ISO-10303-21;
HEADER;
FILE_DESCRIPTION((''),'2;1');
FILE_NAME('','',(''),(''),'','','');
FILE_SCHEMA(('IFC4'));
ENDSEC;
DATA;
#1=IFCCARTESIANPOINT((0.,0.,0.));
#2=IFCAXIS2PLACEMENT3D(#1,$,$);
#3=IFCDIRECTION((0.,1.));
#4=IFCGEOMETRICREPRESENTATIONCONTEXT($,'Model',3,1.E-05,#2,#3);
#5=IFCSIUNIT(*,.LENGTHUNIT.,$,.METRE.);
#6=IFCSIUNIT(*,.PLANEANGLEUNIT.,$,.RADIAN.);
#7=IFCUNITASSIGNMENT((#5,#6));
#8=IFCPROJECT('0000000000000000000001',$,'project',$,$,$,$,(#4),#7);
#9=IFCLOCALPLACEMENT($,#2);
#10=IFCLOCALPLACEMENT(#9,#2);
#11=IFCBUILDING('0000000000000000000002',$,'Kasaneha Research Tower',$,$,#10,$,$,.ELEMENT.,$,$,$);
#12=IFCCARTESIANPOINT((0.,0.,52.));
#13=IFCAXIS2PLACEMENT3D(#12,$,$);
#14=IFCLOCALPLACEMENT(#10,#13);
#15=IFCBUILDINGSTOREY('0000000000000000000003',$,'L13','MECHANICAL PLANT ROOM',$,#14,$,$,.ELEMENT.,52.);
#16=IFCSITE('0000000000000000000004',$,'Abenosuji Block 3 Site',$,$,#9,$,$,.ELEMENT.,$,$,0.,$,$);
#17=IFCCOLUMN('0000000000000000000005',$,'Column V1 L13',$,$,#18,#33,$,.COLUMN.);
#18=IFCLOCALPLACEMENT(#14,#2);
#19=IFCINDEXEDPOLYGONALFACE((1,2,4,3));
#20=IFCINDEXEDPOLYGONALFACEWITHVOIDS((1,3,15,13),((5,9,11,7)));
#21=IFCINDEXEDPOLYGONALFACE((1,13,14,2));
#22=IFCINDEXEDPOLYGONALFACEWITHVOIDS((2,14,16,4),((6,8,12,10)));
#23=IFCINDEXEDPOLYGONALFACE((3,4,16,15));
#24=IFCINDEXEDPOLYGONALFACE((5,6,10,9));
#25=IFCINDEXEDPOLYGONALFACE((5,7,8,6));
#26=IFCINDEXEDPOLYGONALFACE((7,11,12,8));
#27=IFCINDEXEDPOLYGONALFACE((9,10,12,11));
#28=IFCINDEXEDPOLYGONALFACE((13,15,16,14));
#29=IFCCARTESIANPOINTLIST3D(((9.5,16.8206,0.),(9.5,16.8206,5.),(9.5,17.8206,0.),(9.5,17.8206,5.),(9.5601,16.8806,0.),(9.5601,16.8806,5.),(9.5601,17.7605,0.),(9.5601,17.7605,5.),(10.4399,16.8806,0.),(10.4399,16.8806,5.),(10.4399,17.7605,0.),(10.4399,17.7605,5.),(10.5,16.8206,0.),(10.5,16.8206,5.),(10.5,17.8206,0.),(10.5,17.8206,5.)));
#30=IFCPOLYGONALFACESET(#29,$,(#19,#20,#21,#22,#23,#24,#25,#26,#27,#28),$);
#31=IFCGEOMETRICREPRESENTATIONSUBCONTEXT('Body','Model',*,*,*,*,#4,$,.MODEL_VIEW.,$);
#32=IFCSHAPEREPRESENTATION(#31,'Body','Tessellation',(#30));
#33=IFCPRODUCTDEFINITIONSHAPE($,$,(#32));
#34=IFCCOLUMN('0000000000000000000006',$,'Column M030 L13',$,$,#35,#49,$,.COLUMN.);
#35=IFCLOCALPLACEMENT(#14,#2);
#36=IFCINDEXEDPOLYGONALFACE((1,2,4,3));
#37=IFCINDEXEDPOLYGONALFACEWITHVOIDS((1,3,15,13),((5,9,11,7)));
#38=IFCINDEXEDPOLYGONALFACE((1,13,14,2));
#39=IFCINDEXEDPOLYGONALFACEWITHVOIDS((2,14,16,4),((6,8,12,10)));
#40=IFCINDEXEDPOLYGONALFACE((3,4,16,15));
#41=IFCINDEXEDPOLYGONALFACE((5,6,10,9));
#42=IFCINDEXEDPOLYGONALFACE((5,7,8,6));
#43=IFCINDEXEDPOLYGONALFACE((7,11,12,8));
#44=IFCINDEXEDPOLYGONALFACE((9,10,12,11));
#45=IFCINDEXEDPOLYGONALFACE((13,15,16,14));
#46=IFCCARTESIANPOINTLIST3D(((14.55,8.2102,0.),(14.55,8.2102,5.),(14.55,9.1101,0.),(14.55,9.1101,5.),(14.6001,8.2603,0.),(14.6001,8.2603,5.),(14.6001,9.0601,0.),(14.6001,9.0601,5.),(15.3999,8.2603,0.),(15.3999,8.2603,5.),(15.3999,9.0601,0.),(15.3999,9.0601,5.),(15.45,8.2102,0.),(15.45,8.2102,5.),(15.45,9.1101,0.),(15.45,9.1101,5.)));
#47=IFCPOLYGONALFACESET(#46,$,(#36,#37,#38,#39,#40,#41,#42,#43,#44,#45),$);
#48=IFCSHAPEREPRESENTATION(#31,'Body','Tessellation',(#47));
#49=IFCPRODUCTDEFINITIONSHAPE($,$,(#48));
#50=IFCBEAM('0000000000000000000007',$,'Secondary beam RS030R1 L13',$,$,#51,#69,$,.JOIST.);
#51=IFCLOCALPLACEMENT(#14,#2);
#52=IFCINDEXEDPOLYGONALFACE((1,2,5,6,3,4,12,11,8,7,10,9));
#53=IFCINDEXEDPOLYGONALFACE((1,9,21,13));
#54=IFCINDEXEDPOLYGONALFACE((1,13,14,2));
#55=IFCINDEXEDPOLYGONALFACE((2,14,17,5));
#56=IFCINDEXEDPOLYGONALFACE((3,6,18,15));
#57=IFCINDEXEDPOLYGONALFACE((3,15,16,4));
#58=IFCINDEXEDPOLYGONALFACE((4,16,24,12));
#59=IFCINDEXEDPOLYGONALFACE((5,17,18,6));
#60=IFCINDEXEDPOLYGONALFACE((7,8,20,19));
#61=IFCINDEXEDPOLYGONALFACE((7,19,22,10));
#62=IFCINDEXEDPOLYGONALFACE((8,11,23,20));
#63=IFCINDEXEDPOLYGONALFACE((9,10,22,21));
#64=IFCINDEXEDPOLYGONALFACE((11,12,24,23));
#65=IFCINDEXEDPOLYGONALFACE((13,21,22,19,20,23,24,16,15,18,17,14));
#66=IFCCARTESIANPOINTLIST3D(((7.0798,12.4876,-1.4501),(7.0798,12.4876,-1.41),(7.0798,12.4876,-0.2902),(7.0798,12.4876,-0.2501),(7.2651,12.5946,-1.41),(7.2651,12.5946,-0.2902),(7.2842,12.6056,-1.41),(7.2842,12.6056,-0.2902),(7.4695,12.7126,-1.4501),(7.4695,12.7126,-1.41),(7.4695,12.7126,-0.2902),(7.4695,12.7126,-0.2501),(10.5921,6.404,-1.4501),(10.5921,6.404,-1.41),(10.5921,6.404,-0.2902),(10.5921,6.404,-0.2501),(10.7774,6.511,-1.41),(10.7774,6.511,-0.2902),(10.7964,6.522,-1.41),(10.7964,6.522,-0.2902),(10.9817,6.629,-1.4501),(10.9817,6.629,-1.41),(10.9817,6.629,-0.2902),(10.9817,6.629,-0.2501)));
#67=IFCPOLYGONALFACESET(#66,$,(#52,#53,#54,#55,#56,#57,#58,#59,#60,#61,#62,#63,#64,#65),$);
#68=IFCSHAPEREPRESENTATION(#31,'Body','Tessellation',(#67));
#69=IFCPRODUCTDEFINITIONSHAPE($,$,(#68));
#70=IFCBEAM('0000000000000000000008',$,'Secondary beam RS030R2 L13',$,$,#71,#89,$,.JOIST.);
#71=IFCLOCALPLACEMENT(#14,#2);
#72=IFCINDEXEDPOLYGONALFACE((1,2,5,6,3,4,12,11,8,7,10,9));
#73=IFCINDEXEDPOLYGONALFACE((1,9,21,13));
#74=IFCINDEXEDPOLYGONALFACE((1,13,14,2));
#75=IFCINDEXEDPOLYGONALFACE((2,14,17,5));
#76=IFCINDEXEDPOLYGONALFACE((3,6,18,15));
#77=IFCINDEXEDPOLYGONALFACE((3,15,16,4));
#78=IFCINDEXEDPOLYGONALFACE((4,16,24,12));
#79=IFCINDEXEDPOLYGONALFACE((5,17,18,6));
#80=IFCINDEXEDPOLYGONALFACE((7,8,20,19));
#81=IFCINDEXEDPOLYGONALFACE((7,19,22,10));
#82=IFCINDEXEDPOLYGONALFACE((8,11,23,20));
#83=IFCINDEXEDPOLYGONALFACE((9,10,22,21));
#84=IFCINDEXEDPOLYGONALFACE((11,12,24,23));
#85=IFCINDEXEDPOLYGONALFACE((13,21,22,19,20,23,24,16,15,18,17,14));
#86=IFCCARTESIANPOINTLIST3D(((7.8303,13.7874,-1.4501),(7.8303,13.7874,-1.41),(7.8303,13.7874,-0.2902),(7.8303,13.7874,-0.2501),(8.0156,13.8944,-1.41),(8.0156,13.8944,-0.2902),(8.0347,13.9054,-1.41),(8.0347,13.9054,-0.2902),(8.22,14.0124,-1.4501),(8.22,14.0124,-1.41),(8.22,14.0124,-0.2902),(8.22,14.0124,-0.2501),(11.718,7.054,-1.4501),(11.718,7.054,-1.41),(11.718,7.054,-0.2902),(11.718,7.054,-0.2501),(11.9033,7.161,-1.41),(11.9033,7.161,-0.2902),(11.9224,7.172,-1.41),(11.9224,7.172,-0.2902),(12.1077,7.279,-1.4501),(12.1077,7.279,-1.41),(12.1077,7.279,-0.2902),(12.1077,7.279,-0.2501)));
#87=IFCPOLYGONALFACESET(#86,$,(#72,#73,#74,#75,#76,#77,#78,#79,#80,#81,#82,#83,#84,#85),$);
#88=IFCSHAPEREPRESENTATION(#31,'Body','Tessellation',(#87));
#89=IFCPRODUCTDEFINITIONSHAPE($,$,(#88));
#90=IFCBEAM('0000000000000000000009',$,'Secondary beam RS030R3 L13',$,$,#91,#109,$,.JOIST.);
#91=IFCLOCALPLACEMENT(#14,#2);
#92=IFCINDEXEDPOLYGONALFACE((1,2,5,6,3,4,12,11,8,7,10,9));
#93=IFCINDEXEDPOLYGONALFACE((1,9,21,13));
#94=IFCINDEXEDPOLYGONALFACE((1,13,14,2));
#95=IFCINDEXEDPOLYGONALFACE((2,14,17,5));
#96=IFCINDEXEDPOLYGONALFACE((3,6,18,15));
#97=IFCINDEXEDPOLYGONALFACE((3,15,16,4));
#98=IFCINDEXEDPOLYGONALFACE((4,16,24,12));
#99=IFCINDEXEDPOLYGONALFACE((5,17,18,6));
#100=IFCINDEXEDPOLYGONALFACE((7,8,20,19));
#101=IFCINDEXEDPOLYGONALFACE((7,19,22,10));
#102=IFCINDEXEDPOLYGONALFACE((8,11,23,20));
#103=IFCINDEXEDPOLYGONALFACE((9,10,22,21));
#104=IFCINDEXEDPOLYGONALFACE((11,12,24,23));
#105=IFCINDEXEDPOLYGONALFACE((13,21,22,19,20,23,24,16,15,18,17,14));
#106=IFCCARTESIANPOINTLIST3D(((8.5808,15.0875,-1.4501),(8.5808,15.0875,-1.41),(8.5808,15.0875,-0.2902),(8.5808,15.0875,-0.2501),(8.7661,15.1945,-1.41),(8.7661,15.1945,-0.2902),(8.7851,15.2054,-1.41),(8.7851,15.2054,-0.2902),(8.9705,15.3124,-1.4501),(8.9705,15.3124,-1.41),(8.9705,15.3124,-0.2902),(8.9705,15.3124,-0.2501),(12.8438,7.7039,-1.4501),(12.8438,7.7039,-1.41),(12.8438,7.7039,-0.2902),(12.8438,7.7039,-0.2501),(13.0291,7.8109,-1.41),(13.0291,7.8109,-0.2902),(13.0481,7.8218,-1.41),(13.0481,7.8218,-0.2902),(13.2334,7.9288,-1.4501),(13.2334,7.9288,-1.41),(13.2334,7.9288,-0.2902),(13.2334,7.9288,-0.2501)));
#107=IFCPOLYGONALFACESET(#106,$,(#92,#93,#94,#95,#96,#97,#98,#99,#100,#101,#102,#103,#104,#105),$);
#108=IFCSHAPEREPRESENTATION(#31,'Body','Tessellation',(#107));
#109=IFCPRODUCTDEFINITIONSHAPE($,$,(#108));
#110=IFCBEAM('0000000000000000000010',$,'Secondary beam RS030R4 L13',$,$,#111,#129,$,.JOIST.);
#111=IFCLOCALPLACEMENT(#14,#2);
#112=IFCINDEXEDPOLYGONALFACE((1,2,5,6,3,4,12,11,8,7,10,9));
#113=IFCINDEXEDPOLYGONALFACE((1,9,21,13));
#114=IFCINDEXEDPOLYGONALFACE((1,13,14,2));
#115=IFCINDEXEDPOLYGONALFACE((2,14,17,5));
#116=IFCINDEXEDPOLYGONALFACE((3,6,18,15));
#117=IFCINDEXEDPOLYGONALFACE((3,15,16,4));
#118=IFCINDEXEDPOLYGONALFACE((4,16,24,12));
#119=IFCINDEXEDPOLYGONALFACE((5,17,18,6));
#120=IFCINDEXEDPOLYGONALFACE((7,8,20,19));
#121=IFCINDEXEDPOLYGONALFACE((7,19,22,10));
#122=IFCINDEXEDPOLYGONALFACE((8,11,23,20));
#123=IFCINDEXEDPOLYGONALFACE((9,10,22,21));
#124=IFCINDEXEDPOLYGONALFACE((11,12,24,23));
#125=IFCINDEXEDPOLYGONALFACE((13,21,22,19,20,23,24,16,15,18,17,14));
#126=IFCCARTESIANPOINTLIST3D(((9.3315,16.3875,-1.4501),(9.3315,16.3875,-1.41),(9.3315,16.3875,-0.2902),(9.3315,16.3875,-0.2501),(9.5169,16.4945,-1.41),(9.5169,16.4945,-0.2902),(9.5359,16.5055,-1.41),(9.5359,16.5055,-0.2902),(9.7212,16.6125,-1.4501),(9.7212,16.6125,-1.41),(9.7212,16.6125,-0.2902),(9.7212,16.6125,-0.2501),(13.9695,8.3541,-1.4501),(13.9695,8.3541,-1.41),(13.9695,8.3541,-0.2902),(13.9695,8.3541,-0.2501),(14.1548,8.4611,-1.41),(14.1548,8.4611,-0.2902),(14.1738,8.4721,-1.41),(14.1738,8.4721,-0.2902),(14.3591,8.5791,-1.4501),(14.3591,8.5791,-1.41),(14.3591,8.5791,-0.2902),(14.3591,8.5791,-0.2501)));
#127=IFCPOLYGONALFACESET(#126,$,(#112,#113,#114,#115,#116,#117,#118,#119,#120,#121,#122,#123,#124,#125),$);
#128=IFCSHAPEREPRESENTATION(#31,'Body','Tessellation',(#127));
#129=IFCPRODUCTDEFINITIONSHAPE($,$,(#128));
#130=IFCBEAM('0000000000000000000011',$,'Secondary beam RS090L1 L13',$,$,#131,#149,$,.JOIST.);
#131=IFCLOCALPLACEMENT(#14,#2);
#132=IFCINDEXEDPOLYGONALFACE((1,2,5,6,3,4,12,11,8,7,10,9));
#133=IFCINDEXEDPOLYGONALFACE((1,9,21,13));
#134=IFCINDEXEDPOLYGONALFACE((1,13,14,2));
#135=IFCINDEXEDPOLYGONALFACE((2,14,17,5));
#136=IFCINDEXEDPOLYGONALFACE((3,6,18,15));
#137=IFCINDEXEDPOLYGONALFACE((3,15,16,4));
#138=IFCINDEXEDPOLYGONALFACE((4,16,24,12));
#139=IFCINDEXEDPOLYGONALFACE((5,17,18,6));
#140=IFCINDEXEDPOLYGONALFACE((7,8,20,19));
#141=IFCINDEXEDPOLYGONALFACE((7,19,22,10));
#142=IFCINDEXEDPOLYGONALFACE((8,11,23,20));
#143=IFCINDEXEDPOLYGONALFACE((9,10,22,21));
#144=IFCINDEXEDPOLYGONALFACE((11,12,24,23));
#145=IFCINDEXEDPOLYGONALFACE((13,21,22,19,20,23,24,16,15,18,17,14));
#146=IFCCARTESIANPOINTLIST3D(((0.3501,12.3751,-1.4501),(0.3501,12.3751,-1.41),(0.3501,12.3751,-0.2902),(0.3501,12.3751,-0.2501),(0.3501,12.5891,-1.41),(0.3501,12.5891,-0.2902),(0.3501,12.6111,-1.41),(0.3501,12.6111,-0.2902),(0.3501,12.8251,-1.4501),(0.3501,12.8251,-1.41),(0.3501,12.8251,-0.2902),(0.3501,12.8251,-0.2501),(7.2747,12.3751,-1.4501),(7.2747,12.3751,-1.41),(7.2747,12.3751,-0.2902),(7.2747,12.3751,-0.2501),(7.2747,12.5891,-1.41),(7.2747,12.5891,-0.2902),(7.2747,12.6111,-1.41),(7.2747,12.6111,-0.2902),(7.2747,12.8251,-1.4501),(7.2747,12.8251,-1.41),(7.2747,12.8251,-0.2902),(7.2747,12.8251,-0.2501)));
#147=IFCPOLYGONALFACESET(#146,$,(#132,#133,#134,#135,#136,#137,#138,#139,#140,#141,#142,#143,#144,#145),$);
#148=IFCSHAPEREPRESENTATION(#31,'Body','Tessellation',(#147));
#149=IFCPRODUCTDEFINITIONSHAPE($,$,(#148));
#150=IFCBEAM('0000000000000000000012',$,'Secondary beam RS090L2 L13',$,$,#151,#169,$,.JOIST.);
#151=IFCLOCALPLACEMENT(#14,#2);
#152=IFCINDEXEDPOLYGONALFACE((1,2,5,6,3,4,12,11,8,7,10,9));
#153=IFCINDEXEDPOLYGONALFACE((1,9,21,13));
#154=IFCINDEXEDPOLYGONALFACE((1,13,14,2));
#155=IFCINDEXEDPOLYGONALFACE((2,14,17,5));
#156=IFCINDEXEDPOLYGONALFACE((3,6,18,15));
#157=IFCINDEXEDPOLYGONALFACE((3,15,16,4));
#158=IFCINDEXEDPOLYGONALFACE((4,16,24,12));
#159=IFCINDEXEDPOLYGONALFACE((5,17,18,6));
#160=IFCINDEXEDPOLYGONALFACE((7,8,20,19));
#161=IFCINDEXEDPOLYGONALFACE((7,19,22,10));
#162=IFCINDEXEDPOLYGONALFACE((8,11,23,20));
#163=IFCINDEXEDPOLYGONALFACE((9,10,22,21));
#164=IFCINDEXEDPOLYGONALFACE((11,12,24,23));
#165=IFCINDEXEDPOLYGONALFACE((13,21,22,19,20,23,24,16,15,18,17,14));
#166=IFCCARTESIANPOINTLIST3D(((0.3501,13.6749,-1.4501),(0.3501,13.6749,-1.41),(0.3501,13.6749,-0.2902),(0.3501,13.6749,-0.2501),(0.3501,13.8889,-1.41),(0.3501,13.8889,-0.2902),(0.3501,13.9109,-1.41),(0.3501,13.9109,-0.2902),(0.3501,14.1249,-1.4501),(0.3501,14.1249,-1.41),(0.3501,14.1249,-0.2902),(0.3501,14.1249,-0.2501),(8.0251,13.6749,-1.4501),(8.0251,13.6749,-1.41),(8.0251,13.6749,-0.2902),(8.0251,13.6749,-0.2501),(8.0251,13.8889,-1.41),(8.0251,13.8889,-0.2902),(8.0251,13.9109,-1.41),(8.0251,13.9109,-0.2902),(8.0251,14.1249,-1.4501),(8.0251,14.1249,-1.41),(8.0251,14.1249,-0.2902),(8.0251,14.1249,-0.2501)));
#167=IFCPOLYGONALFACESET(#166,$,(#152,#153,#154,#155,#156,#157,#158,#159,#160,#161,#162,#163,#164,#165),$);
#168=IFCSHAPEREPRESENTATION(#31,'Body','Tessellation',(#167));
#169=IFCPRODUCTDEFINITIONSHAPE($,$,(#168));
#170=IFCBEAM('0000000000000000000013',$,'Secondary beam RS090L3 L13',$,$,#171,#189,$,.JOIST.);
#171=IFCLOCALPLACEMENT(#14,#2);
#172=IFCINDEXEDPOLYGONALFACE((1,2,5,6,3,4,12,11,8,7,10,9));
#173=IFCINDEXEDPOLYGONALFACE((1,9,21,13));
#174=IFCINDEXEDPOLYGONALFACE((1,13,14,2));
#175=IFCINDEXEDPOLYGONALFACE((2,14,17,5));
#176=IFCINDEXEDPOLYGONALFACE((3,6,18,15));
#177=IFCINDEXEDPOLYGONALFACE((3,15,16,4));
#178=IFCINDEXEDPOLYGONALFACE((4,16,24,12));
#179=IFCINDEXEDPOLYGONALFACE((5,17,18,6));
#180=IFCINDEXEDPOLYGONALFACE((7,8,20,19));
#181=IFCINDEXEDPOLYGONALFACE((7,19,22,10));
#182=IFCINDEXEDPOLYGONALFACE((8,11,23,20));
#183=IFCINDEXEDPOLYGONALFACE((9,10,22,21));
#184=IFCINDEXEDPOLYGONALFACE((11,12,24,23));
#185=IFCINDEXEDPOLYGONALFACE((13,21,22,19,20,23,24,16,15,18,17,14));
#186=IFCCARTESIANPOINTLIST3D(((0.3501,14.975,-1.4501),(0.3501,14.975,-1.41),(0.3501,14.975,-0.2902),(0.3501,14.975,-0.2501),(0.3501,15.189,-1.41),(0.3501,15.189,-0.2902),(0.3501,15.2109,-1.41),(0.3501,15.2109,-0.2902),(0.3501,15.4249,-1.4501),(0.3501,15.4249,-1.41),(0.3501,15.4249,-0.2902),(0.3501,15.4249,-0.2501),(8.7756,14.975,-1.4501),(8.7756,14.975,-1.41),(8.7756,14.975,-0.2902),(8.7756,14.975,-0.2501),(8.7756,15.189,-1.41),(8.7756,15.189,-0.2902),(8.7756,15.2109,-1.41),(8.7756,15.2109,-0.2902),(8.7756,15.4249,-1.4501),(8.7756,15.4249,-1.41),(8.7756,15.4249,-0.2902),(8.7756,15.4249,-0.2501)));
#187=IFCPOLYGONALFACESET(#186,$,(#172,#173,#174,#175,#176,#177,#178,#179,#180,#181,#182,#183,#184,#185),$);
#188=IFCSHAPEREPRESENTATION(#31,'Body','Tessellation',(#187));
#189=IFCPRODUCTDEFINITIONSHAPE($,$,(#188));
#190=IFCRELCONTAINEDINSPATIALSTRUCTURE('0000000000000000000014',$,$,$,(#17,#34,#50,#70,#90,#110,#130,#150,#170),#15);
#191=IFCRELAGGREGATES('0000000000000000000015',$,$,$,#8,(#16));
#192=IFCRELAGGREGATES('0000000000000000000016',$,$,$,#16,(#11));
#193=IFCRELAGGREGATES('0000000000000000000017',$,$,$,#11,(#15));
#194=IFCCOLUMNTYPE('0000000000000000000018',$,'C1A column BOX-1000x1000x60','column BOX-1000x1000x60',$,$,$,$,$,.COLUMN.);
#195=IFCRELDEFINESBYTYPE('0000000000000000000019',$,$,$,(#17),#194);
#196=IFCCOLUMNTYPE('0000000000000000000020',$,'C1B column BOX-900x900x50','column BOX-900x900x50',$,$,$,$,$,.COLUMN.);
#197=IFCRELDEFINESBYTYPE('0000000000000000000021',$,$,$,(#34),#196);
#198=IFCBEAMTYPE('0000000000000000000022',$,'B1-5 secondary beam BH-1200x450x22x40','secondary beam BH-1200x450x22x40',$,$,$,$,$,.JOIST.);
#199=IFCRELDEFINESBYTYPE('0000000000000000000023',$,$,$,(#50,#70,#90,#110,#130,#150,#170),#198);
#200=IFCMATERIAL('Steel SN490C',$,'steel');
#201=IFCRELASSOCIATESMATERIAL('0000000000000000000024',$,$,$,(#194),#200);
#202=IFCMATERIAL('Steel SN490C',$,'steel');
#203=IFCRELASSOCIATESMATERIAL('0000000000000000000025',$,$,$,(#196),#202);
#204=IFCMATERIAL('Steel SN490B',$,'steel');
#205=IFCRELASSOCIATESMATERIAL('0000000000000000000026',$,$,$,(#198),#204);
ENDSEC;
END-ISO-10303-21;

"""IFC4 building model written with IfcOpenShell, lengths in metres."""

from ifc_helpers import new_model, si_unit, direction, frame, origin, origin_2d, place, context, subcontext, project, spatial, hollow_rectangle, i_section, extrude, material, material_profile, profile_set, type_object, element, save


model = new_model("IFC4")

# Units and contexts
model_context = context("Model", 3, precision=1e-05, world=origin(), true_north=direction((0.0, 1.0)))
body_context = subcontext(model_context, "Body", "Model", "MODEL_VIEW")
ifc_project = project(units=[si_unit("LENGTHUNIT", "METRE"), si_unit("PLANEANGLEUNIT", "RADIAN")], contexts=[model_context])

# Site, building, storey
site_placement = place(None, origin())
site = spatial("IfcSite", under=ifc_project, at=site_placement, Name="Abenosuji Block 3 Site", CompositionType="ELEMENT", RefElevation=0.0)
building_placement = place(site_placement, origin())
building = spatial("IfcBuilding", under=site, at=building_placement, Name="Kasaneha Research Tower", CompositionType="ELEMENT")
storey_placement = place(building_placement, frame((0.0, 0.0, 52.0)))
storey = spatial("IfcBuildingStorey", under=building, at=storey_placement, Name="L13", Description="MECHANICAL PLANT ROOM", CompositionType="ELEMENT", Elevation=52.0)

# Columns
ifc_material_1 = material(Name="Steel SN490C", Category="steel")
ifc_material_profile_1 = material_profile(ifc_material_1, hollow_rectangle(XDim=1.0, YDim=1.0, WallThickness=0.0601, at=origin_2d()), Name="BOX-1000x1000x60")
ifc_profile_set_1 = profile_set([ifc_material_profile_1], Name="Steel SN490C")
column_type_1 = type_object("IfcColumnType", Name="C1A column BOX-1000x1000x60", Description="column BOX-1000x1000x60", PredefinedType="COLUMN", material=ifc_profile_set_1)
column_1_placement = place(storey_placement, frame((10.0, 17.3206, 0.0), z_axis=(0.0, 0.0, 1.0), x_axis=(1.0, 0.0, 0.0)))
element("IfcColumn", 1, at=column_1_placement, inside=storey, type_object=column_type_1, Name="Column V1 L13", PredefinedType="COLUMN", context=body_context, shape_type="SweptSolid", body=[
    extrude(hollow_rectangle(XDim=1.0, YDim=1.0, WallThickness=0.0601, at=origin_2d()), origin(), (0.0, 0.0, 1.0), 5.0),
])
ifc_material_2 = material(Name="Steel SN490C", Category="steel")
ifc_material_profile_2 = material_profile(ifc_material_2, hollow_rectangle(XDim=0.8999, YDim=0.8999, WallThickness=0.05, at=origin_2d()), Name="BOX-900x900x50")
ifc_profile_set_2 = profile_set([ifc_material_profile_2], Name="Steel SN490C")
column_type_2 = type_object("IfcColumnType", Name="C1B column BOX-900x900x50", Description="column BOX-900x900x50", PredefinedType="COLUMN", material=ifc_profile_set_2)
column_2_placement = place(storey_placement, frame((15.0, 8.6602, 0.0), z_axis=(0.0, 0.0, 1.0), x_axis=(1.0, 0.0, 0.0)))
element("IfcColumn", 2, at=column_2_placement, inside=storey, type_object=column_type_2, Name="Column M030 L13", PredefinedType="COLUMN", context=body_context, shape_type="SweptSolid", body=[
    extrude(hollow_rectangle(XDim=0.8999, YDim=0.8999, WallThickness=0.05, at=origin_2d()), origin(), (0.0, 0.0, 1.0), 5.0),
])

# Beams
ifc_material_3 = material(Name="Steel SN490B", Category="steel")
ifc_material_profile_3 = material_profile(ifc_material_3, i_section(OverallWidth=0.45, OverallDepth=1.2, WebThickness=0.022, FlangeThickness=0.04, at=origin_2d()), Name="BH-1200x450x22x40")
ifc_profile_set_3 = profile_set([ifc_material_profile_3], Name="Steel SN490B")
beam_type_1 = type_object("IfcBeamType", Name="B1-5 secondary beam BH-1200x450x22x40", Description="secondary beam BH-1200x450x22x40", PredefinedType="JOIST", material=ifc_profile_set_3)
beam_1_placement = place(storey_placement, frame((7.2747, 12.6001, -0.8501), z_axis=(0.499989, -0.866032, 0.0), x_axis=(0.866032, 0.499989, 0.0)))
element("IfcBeam", 3, at=beam_1_placement, inside=storey, type_object=beam_type_1, Name="Secondary beam RS030R1 L13", PredefinedType="JOIST", context=body_context, shape_type="SweptSolid", body=[
    extrude(i_section(OverallWidth=0.45, OverallDepth=1.2, WebThickness=0.022, FlangeThickness=0.04, at=origin_2d()), origin(), (0.0, 0.0, 1.0), 7.0247),
])
beam_2_placement = place(storey_placement, frame((8.0251, 13.8999, -0.8501), z_axis=(0.500016, -0.866016, 0.0), x_axis=(0.866016, 0.500016, 0.0)))
element("IfcBeam", 4, at=beam_2_placement, inside=storey, type_object=beam_type_1, Name="Secondary beam RS030R2 L13", PredefinedType="JOIST", context=body_context, shape_type="SweptSolid", body=[
    extrude(i_section(OverallWidth=0.45, OverallDepth=1.2, WebThickness=0.022, FlangeThickness=0.04, at=origin_2d()), origin(), (0.0, 0.0, 1.0), 7.7751),
])
beam_3_placement = place(storey_placement, frame((8.7756, 15.2, -0.8501), z_axis=(0.500004, -0.866023, 0.0), x_axis=(0.866023, 0.500004, 0.0)))
element("IfcBeam", 5, at=beam_3_placement, inside=storey, type_object=beam_type_1, Name="Secondary beam RS030R3 L13", PredefinedType="JOIST", context=body_context, shape_type="SweptSolid", body=[
    extrude(i_section(OverallWidth=0.45, OverallDepth=1.2, WebThickness=0.022, FlangeThickness=0.04, at=origin_2d()), origin(), (0.0, 0.0, 1.0), 8.5259),
])
beam_4_placement = place(storey_placement, frame((9.5264, 16.5, -0.8501), z_axis=(0.499986, -0.866034, 0.0), x_axis=(0.866034, 0.499986, 0.0)))
element("IfcBeam", 6, at=beam_4_placement, inside=storey, type_object=beam_type_1, Name="Secondary beam RS030R4 L13", PredefinedType="JOIST", context=body_context, shape_type="SweptSolid", body=[
    extrude(i_section(OverallWidth=0.45, OverallDepth=1.2, WebThickness=0.022, FlangeThickness=0.04, at=origin_2d()), origin(), (0.0, 0.0, 1.0), 9.2761),
])
beam_5_placement = place(storey_placement, frame((7.2747, 12.6001, -0.8501), z_axis=(-1.0, 0.0, 0.0), x_axis=(0.0, -1.0, 0.0)))
element("IfcBeam", 7, at=beam_5_placement, inside=storey, type_object=beam_type_1, Name="Secondary beam RS090L1 L13", PredefinedType="JOIST", context=body_context, shape_type="SweptSolid", body=[
    extrude(i_section(OverallWidth=0.45, OverallDepth=1.2, WebThickness=0.022, FlangeThickness=0.04, at=origin_2d()), origin(), (0.0, 0.0, 1.0), 6.9246),
])
beam_6_placement = place(storey_placement, frame((8.0251, 13.8999, -0.8501), z_axis=(-1.0, 0.0, 0.0), x_axis=(0.0, -1.0, 0.0)))
element("IfcBeam", 8, at=beam_6_placement, inside=storey, type_object=beam_type_1, Name="Secondary beam RS090L2 L13", PredefinedType="JOIST", context=body_context, shape_type="SweptSolid", body=[
    extrude(i_section(OverallWidth=0.45, OverallDepth=1.2, WebThickness=0.022, FlangeThickness=0.04, at=origin_2d()), origin(), (0.0, 0.0, 1.0), 7.675),
])
beam_7_placement = place(storey_placement, frame((8.7756, 15.2, -0.8501), z_axis=(-1.0, 0.0, 0.0), x_axis=(0.0, -1.0, 0.0)))
element("IfcBeam", 9, at=beam_7_placement, inside=storey, type_object=beam_type_1, Name="Secondary beam RS090L3 L13", PredefinedType="JOIST", context=body_context, shape_type="SweptSolid", body=[
    extrude(i_section(OverallWidth=0.45, OverallDepth=1.2, WebThickness=0.022, FlangeThickness=0.04, at=origin_2d()), origin(), (0.0, 0.0, 1.0), 8.4255),
])

save(model, "model.ifc")
